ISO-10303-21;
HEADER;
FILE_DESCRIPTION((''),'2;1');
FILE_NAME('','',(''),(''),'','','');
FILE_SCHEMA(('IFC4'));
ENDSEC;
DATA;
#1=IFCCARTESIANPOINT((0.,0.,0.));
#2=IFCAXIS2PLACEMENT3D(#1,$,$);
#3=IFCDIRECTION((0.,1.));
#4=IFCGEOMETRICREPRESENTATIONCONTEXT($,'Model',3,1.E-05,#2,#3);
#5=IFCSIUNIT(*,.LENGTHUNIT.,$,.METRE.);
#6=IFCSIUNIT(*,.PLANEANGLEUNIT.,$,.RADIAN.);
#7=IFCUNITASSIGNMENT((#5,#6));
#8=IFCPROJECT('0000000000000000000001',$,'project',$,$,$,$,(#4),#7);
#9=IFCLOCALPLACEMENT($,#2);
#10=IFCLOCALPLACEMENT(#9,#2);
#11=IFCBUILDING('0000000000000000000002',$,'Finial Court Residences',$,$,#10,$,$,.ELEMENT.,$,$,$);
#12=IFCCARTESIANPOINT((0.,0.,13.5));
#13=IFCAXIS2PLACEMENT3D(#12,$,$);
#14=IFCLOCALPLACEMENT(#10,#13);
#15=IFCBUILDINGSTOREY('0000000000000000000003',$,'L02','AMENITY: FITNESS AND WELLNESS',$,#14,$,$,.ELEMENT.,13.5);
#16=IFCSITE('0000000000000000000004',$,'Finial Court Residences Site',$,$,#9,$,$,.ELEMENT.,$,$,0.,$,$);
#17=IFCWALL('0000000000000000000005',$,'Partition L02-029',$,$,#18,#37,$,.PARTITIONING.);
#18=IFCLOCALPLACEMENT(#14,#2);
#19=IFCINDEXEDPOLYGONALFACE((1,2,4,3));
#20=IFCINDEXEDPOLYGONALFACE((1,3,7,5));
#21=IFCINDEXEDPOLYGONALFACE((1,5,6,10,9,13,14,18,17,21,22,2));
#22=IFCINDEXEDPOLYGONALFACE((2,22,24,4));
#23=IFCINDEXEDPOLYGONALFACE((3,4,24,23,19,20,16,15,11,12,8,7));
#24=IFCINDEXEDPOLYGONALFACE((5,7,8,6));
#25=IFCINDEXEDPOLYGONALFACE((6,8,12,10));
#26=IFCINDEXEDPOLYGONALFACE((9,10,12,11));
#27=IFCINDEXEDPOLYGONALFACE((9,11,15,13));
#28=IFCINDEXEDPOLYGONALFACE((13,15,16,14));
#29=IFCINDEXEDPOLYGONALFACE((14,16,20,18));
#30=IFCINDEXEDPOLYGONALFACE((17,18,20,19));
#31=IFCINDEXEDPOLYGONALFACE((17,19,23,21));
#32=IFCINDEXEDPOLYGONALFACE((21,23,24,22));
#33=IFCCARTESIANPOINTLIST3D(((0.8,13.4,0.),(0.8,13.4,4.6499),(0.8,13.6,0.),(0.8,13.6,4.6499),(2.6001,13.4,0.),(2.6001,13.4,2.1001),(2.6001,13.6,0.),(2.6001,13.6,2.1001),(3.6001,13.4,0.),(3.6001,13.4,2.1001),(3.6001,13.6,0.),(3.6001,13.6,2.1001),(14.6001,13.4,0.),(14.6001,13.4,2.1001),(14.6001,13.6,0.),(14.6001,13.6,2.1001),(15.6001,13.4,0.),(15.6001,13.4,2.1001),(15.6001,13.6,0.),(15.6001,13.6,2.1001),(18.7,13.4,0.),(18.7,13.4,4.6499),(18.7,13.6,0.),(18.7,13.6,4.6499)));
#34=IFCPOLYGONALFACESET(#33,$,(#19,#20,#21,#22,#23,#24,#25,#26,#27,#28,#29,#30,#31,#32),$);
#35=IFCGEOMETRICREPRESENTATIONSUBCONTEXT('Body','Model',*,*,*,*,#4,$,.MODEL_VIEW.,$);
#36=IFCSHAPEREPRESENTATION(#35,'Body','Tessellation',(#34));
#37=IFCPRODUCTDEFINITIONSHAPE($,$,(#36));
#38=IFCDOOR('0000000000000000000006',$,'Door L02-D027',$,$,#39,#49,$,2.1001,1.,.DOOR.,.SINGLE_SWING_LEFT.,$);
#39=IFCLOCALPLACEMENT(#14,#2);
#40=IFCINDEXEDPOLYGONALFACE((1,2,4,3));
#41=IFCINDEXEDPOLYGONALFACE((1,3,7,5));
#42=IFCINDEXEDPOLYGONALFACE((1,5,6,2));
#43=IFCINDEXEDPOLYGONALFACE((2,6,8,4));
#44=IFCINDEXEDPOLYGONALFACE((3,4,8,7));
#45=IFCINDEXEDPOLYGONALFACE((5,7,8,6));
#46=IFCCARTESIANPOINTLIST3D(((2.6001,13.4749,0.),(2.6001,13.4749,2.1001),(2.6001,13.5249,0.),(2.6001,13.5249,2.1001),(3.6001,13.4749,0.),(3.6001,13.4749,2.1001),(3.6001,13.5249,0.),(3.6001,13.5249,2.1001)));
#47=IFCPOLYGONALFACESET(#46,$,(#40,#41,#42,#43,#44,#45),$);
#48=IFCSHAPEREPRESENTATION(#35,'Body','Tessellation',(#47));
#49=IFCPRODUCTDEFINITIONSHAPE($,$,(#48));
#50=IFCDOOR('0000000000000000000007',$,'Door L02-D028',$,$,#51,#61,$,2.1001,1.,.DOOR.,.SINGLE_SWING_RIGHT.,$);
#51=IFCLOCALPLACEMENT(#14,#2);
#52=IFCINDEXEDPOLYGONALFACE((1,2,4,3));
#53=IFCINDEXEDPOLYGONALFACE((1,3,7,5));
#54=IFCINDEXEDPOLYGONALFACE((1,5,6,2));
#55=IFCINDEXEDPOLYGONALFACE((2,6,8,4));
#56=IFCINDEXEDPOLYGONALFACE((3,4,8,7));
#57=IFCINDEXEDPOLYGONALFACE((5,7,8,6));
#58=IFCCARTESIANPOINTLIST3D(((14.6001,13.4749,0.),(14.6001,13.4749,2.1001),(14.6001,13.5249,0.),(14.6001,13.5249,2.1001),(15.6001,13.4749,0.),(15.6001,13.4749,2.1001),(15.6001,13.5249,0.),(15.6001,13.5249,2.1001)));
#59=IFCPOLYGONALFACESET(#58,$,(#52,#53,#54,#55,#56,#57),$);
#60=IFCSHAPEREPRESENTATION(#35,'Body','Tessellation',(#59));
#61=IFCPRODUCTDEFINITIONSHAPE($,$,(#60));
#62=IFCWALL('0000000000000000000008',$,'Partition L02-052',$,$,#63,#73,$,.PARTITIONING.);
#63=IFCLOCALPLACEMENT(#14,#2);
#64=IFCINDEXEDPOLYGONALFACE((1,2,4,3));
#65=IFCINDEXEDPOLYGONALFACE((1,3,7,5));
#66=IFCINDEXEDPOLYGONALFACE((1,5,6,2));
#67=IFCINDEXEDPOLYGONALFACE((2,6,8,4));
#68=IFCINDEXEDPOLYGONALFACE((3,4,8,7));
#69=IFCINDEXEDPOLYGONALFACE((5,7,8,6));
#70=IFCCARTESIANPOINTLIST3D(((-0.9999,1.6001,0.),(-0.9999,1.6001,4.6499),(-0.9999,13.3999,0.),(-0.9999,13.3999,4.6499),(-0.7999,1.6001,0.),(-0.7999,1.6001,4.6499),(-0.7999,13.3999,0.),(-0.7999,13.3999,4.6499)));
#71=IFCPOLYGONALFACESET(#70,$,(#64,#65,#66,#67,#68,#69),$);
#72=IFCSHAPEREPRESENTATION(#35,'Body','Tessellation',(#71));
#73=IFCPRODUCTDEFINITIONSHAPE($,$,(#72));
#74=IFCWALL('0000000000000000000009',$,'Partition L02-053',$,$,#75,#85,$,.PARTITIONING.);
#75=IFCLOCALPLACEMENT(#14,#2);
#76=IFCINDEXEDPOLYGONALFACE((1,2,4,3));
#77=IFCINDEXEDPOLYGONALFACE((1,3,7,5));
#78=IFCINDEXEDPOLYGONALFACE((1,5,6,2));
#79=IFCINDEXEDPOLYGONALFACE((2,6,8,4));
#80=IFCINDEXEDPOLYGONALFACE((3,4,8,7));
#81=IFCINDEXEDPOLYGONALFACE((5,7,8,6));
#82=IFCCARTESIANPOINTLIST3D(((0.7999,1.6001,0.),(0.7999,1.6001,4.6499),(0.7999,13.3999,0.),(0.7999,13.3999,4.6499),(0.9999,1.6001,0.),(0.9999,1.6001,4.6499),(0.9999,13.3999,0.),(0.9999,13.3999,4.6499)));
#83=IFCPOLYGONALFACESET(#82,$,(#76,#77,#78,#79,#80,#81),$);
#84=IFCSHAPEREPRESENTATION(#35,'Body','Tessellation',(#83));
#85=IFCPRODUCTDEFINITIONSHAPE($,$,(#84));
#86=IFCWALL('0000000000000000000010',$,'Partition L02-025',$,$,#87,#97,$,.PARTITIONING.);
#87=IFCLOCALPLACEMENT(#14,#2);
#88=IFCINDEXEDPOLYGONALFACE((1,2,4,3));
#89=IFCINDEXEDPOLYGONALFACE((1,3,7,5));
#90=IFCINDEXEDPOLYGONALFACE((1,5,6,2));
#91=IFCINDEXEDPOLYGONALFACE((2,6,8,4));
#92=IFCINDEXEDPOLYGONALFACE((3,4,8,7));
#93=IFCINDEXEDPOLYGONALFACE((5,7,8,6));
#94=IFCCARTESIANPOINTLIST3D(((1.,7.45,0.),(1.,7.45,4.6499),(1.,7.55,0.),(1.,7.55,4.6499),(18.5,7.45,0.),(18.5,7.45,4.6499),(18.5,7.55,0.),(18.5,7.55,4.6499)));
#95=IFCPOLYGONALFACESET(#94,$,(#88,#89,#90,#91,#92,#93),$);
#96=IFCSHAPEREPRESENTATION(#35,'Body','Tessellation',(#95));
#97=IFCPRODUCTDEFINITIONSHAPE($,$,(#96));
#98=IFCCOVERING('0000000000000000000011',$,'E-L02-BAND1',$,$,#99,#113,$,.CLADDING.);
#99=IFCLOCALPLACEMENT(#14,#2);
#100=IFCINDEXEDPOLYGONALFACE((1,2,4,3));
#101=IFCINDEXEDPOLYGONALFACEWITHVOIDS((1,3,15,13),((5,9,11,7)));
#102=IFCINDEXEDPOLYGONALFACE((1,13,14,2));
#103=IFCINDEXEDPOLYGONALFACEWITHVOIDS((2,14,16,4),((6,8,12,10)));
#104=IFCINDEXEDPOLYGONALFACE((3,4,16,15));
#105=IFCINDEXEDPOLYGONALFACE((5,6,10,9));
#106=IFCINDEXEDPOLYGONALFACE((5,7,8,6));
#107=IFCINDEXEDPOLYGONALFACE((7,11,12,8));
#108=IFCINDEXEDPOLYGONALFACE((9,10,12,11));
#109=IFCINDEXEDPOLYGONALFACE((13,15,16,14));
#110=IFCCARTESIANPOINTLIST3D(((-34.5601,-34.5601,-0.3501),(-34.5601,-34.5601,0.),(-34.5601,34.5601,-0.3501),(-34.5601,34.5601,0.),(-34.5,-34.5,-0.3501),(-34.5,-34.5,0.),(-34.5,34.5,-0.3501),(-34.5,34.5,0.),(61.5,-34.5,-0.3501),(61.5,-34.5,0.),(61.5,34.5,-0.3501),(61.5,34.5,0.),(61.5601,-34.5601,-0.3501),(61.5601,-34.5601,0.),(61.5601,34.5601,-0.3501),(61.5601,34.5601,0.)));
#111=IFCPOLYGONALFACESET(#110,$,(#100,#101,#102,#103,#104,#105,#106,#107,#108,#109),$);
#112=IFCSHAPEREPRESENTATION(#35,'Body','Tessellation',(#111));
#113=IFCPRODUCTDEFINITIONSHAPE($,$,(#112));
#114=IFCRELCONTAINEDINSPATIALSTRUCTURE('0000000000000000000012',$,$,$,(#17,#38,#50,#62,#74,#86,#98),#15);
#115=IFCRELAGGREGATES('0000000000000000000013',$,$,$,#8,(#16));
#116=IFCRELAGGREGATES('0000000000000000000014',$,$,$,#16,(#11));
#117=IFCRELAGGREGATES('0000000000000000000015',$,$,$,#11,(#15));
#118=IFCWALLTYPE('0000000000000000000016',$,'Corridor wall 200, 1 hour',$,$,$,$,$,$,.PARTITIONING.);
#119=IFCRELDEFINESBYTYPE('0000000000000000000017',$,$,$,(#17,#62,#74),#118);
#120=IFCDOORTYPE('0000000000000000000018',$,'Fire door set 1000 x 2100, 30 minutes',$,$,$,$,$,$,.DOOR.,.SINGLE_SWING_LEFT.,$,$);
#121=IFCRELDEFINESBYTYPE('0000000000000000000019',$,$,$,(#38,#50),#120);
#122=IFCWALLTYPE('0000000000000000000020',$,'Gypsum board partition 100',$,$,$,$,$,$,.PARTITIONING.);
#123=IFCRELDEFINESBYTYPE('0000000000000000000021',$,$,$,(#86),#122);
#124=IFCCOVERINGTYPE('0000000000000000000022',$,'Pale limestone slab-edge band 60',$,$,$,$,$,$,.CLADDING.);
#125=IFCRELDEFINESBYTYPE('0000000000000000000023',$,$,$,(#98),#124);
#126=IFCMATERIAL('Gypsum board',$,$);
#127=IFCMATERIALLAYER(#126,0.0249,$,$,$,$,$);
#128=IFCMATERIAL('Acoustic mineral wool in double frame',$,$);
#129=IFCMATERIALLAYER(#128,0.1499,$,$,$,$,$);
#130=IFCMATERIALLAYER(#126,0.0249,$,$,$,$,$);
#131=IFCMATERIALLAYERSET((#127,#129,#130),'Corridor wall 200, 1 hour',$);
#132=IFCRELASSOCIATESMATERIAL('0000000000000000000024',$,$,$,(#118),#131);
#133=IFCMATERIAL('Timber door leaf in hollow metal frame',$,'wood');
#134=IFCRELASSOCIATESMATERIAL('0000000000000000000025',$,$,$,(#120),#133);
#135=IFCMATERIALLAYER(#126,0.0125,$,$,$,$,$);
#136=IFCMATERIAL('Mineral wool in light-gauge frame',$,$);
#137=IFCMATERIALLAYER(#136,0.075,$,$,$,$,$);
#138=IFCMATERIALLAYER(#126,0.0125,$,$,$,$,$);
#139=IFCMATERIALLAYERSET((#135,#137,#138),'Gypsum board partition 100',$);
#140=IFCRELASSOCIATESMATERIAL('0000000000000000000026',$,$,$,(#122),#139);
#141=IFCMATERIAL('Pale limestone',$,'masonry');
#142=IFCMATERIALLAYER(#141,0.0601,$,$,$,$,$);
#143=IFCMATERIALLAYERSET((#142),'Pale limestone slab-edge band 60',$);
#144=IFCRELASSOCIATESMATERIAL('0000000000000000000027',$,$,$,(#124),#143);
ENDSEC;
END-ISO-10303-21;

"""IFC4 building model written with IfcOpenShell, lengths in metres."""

from ifc_helpers import new_model, si_unit, direction, frame, frame_2d, origin, place, context, subcontext, project, spatial, polyline, rectangle, outline, extrude, material, layer, layer_set, type_object, element, fill, save


model = new_model("IFC4")

# Units and contexts
model_context = context("Model", 3, precision=1e-05, world=origin(), true_north=direction((0.0, 1.0)))
body_context = subcontext(model_context, "Body", "Model", "MODEL_VIEW")
ifc_project = project(units=[si_unit("LENGTHUNIT", "METRE"), si_unit("PLANEANGLEUNIT", "RADIAN")], contexts=[model_context])

# Site, building, storey
site_placement = place(None, origin())
site = spatial("IfcSite", under=ifc_project, at=site_placement, Name="Finial Court Residences Site", CompositionType="ELEMENT", RefElevation=0.0)
building_placement = place(site_placement, origin())
building = spatial("IfcBuilding", under=site, at=building_placement, Name="Finial Court Residences", CompositionType="ELEMENT")
storey_placement = place(building_placement, frame((0.0, 0.0, 13.5)))
storey = spatial("IfcBuildingStorey", under=building, at=storey_placement, Name="L02", Description="AMENITY: FITNESS AND WELLNESS", CompositionType="ELEMENT", Elevation=13.5)

# Wall, openings, doors
ifc_material_1 = material(Name="Gypsum board")
ifc_layer_1 = layer(ifc_material_1, 0.0249)
ifc_material_2 = material(Name="Acoustic mineral wool in double frame")
ifc_layer_2 = layer(ifc_material_2, 0.1499)
ifc_layer_3 = layer(ifc_material_1, 0.0249)
ifc_layer_set_1 = layer_set([ifc_layer_1, ifc_layer_2, ifc_layer_3], Name="Corridor wall 200, 1 hour")
wall_type_1 = type_object("IfcWallType", Name="Corridor wall 200, 1 hour", PredefinedType="PARTITIONING", material=ifc_layer_set_1)
ifc_material_3 = material(Name="Timber door leaf in hollow metal frame", Category="wood")
door_type = type_object("IfcDoorType", Name="Fire door set 1000 x 2100, 30 minutes", OperationType="SINGLE_SWING_LEFT", PredefinedType="DOOR", material=ifc_material_3)
wall_1_placement = place(storey_placement, frame((0.8, 13.5, 0.0), z_axis=(0.0, 0.0, 1.0), x_axis=(1.0, 0.0, 0.0)))
wall_1 = element("IfcWall", 1, at=wall_1_placement, inside=storey, type_object=wall_type_1, Name="Partition L02-029", PredefinedType="PARTITIONING", context=body_context, shape_type="SweptSolid", body=[
    extrude(rectangle(XDim=17.8999, YDim=0.2, at=frame_2d((8.95, 0.0))), origin(), (0.0, 0.0, 1.0), 4.6499),
])
opening_1_placement = place(wall_1_placement, frame((1.8, 0.0, 0.0)))
opening_1 = element("IfcOpeningElement", 2, at=opening_1_placement, cuts=wall_1, PredefinedType="OPENING", context=body_context, shape_type="SweptSolid", body=[
    extrude(rectangle(XDim=1.0, YDim=2.1001, at=frame_2d((0.5, 1.05))), frame((0.0, 0.1099, 0.0), z_axis=(0.0, -1.0, 0.0), x_axis=(1.0, 0.0, 0.0)), (0.0, 0.0, 1.0), 0.22),
])
opening_2_placement = place(wall_1_placement, frame((13.8, 0.0, 0.0)))
opening_2 = element("IfcOpeningElement", 3, at=opening_2_placement, cuts=wall_1, PredefinedType="OPENING", context=body_context, shape_type="SweptSolid", body=[
    extrude(rectangle(XDim=1.0, YDim=2.1001, at=frame_2d((0.5, 1.05))), frame((0.0, 0.1099, 0.0), z_axis=(0.0, -1.0, 0.0), x_axis=(1.0, 0.0, 0.0)), (0.0, 0.0, 1.0), 0.22),
])
door_1_placement = place(opening_1_placement, origin())
door_1 = element("IfcDoor", 4, at=door_1_placement, inside=storey, type_object=door_type, Name="Door L02-D027", OperationType="SINGLE_SWING_LEFT", OverallHeight=2.1001, OverallWidth=1.0, PredefinedType="DOOR", context=body_context, shape_type="SweptSolid", body=[
    extrude(rectangle(XDim=1.0, YDim=2.1001, at=frame_2d((0.5, 1.05))), frame((0.0, 0.0249, 0.0), z_axis=(0.0, -1.0, 0.0), x_axis=(1.0, 0.0, 0.0)), (0.0, 0.0, 1.0), 0.05),
])
fill(opening_1, door_1)
door_2_placement = place(opening_2_placement, origin())
door_2 = element("IfcDoor", 5, at=door_2_placement, inside=storey, type_object=door_type, Name="Door L02-D028", OperationType="SINGLE_SWING_RIGHT", OverallHeight=2.1001, OverallWidth=1.0, PredefinedType="DOOR", context=body_context, shape_type="SweptSolid", body=[
    extrude(rectangle(XDim=1.0, YDim=2.1001, at=frame_2d((0.5, 1.05))), frame((0.0, 0.0249, 0.0), z_axis=(0.0, -1.0, 0.0), x_axis=(1.0, 0.0, 0.0)), (0.0, 0.0, 1.0), 0.05),
])
fill(opening_2, door_2)

# Walls
for number, where, z_axis, x_axis, name in (
    (6, (-0.8999, 1.6001, 0.0), (0.0, 0.0, 1.0), (0.0, 1.0, 0.0), "Partition L02-052"),
    (7, (0.8999, 1.6001, 0.0), (0.0, 0.0, 1.0), (0.0, 1.0, 0.0), "Partition L02-053"),
):
    element("IfcWall", number, at=place(storey_placement, frame(where, z_axis=z_axis, x_axis=x_axis)), inside=storey, type_object=wall_type_1, Name=name, PredefinedType="PARTITIONING", context=body_context, shape_type="SweptSolid", body=[
        extrude(rectangle(XDim=11.7998, YDim=0.2, at=frame_2d((5.8999, 0.0))), origin(), (0.0, 0.0, 1.0), 4.6499),
    ])
ifc_layer_4 = layer(ifc_material_1, 0.0125)
ifc_material_4 = material(Name="Mineral wool in light-gauge frame")
ifc_layer_5 = layer(ifc_material_4, 0.075)
ifc_layer_6 = layer(ifc_material_1, 0.0125)
ifc_layer_set_2 = layer_set([ifc_layer_4, ifc_layer_5, ifc_layer_6], Name="Gypsum board partition 100")
wall_type_2 = type_object("IfcWallType", Name="Gypsum board partition 100", PredefinedType="PARTITIONING", material=ifc_layer_set_2)
wall_2_placement = place(storey_placement, frame((1.0, 7.5, 0.0), z_axis=(0.0, 0.0, 1.0), x_axis=(1.0, 0.0, 0.0)))
element("IfcWall", 8, at=wall_2_placement, inside=storey, type_object=wall_type_2, Name="Partition L02-025", PredefinedType="PARTITIONING", context=body_context, shape_type="SweptSolid", body=[
    extrude(rectangle(XDim=17.5, YDim=0.1001, at=frame_2d((8.75, 0.0))), origin(), (0.0, 0.0, 1.0), 4.6499),
])

# Covering
ifc_material_5 = material(Name="Pale limestone", Category="masonry")
ifc_layer_7 = layer(ifc_material_5, 0.0601)
ifc_layer_set_3 = layer_set([ifc_layer_7], Name="Pale limestone slab-edge band 60")
covering_type = type_object("IfcCoveringType", Name="Pale limestone slab-edge band 60", PredefinedType="CLADDING", material=ifc_layer_set_3)
covering_placement = place(storey_placement, frame((0.0, 0.0, -0.3501)))
element("IfcCovering", 9, at=covering_placement, inside=storey, type_object=covering_type, Name="E-L02-BAND1", PredefinedType="CLADDING", context=body_context, shape_type="SweptSolid", body=[
    extrude(outline(polyline([(-34.5601, 34.5601), (61.5601, 34.5601), (61.5601, -34.5601), (-34.5601, -34.5601), (-34.5601, 34.5601)]), holes=[polyline([(61.5, -34.5), (61.5, 34.5), (-34.5, 34.5), (-34.5, -34.5), (61.5, -34.5)])]), origin(), (0.0, 0.0, 1.0), 0.3501),
])

save(model, "model.ifc")
